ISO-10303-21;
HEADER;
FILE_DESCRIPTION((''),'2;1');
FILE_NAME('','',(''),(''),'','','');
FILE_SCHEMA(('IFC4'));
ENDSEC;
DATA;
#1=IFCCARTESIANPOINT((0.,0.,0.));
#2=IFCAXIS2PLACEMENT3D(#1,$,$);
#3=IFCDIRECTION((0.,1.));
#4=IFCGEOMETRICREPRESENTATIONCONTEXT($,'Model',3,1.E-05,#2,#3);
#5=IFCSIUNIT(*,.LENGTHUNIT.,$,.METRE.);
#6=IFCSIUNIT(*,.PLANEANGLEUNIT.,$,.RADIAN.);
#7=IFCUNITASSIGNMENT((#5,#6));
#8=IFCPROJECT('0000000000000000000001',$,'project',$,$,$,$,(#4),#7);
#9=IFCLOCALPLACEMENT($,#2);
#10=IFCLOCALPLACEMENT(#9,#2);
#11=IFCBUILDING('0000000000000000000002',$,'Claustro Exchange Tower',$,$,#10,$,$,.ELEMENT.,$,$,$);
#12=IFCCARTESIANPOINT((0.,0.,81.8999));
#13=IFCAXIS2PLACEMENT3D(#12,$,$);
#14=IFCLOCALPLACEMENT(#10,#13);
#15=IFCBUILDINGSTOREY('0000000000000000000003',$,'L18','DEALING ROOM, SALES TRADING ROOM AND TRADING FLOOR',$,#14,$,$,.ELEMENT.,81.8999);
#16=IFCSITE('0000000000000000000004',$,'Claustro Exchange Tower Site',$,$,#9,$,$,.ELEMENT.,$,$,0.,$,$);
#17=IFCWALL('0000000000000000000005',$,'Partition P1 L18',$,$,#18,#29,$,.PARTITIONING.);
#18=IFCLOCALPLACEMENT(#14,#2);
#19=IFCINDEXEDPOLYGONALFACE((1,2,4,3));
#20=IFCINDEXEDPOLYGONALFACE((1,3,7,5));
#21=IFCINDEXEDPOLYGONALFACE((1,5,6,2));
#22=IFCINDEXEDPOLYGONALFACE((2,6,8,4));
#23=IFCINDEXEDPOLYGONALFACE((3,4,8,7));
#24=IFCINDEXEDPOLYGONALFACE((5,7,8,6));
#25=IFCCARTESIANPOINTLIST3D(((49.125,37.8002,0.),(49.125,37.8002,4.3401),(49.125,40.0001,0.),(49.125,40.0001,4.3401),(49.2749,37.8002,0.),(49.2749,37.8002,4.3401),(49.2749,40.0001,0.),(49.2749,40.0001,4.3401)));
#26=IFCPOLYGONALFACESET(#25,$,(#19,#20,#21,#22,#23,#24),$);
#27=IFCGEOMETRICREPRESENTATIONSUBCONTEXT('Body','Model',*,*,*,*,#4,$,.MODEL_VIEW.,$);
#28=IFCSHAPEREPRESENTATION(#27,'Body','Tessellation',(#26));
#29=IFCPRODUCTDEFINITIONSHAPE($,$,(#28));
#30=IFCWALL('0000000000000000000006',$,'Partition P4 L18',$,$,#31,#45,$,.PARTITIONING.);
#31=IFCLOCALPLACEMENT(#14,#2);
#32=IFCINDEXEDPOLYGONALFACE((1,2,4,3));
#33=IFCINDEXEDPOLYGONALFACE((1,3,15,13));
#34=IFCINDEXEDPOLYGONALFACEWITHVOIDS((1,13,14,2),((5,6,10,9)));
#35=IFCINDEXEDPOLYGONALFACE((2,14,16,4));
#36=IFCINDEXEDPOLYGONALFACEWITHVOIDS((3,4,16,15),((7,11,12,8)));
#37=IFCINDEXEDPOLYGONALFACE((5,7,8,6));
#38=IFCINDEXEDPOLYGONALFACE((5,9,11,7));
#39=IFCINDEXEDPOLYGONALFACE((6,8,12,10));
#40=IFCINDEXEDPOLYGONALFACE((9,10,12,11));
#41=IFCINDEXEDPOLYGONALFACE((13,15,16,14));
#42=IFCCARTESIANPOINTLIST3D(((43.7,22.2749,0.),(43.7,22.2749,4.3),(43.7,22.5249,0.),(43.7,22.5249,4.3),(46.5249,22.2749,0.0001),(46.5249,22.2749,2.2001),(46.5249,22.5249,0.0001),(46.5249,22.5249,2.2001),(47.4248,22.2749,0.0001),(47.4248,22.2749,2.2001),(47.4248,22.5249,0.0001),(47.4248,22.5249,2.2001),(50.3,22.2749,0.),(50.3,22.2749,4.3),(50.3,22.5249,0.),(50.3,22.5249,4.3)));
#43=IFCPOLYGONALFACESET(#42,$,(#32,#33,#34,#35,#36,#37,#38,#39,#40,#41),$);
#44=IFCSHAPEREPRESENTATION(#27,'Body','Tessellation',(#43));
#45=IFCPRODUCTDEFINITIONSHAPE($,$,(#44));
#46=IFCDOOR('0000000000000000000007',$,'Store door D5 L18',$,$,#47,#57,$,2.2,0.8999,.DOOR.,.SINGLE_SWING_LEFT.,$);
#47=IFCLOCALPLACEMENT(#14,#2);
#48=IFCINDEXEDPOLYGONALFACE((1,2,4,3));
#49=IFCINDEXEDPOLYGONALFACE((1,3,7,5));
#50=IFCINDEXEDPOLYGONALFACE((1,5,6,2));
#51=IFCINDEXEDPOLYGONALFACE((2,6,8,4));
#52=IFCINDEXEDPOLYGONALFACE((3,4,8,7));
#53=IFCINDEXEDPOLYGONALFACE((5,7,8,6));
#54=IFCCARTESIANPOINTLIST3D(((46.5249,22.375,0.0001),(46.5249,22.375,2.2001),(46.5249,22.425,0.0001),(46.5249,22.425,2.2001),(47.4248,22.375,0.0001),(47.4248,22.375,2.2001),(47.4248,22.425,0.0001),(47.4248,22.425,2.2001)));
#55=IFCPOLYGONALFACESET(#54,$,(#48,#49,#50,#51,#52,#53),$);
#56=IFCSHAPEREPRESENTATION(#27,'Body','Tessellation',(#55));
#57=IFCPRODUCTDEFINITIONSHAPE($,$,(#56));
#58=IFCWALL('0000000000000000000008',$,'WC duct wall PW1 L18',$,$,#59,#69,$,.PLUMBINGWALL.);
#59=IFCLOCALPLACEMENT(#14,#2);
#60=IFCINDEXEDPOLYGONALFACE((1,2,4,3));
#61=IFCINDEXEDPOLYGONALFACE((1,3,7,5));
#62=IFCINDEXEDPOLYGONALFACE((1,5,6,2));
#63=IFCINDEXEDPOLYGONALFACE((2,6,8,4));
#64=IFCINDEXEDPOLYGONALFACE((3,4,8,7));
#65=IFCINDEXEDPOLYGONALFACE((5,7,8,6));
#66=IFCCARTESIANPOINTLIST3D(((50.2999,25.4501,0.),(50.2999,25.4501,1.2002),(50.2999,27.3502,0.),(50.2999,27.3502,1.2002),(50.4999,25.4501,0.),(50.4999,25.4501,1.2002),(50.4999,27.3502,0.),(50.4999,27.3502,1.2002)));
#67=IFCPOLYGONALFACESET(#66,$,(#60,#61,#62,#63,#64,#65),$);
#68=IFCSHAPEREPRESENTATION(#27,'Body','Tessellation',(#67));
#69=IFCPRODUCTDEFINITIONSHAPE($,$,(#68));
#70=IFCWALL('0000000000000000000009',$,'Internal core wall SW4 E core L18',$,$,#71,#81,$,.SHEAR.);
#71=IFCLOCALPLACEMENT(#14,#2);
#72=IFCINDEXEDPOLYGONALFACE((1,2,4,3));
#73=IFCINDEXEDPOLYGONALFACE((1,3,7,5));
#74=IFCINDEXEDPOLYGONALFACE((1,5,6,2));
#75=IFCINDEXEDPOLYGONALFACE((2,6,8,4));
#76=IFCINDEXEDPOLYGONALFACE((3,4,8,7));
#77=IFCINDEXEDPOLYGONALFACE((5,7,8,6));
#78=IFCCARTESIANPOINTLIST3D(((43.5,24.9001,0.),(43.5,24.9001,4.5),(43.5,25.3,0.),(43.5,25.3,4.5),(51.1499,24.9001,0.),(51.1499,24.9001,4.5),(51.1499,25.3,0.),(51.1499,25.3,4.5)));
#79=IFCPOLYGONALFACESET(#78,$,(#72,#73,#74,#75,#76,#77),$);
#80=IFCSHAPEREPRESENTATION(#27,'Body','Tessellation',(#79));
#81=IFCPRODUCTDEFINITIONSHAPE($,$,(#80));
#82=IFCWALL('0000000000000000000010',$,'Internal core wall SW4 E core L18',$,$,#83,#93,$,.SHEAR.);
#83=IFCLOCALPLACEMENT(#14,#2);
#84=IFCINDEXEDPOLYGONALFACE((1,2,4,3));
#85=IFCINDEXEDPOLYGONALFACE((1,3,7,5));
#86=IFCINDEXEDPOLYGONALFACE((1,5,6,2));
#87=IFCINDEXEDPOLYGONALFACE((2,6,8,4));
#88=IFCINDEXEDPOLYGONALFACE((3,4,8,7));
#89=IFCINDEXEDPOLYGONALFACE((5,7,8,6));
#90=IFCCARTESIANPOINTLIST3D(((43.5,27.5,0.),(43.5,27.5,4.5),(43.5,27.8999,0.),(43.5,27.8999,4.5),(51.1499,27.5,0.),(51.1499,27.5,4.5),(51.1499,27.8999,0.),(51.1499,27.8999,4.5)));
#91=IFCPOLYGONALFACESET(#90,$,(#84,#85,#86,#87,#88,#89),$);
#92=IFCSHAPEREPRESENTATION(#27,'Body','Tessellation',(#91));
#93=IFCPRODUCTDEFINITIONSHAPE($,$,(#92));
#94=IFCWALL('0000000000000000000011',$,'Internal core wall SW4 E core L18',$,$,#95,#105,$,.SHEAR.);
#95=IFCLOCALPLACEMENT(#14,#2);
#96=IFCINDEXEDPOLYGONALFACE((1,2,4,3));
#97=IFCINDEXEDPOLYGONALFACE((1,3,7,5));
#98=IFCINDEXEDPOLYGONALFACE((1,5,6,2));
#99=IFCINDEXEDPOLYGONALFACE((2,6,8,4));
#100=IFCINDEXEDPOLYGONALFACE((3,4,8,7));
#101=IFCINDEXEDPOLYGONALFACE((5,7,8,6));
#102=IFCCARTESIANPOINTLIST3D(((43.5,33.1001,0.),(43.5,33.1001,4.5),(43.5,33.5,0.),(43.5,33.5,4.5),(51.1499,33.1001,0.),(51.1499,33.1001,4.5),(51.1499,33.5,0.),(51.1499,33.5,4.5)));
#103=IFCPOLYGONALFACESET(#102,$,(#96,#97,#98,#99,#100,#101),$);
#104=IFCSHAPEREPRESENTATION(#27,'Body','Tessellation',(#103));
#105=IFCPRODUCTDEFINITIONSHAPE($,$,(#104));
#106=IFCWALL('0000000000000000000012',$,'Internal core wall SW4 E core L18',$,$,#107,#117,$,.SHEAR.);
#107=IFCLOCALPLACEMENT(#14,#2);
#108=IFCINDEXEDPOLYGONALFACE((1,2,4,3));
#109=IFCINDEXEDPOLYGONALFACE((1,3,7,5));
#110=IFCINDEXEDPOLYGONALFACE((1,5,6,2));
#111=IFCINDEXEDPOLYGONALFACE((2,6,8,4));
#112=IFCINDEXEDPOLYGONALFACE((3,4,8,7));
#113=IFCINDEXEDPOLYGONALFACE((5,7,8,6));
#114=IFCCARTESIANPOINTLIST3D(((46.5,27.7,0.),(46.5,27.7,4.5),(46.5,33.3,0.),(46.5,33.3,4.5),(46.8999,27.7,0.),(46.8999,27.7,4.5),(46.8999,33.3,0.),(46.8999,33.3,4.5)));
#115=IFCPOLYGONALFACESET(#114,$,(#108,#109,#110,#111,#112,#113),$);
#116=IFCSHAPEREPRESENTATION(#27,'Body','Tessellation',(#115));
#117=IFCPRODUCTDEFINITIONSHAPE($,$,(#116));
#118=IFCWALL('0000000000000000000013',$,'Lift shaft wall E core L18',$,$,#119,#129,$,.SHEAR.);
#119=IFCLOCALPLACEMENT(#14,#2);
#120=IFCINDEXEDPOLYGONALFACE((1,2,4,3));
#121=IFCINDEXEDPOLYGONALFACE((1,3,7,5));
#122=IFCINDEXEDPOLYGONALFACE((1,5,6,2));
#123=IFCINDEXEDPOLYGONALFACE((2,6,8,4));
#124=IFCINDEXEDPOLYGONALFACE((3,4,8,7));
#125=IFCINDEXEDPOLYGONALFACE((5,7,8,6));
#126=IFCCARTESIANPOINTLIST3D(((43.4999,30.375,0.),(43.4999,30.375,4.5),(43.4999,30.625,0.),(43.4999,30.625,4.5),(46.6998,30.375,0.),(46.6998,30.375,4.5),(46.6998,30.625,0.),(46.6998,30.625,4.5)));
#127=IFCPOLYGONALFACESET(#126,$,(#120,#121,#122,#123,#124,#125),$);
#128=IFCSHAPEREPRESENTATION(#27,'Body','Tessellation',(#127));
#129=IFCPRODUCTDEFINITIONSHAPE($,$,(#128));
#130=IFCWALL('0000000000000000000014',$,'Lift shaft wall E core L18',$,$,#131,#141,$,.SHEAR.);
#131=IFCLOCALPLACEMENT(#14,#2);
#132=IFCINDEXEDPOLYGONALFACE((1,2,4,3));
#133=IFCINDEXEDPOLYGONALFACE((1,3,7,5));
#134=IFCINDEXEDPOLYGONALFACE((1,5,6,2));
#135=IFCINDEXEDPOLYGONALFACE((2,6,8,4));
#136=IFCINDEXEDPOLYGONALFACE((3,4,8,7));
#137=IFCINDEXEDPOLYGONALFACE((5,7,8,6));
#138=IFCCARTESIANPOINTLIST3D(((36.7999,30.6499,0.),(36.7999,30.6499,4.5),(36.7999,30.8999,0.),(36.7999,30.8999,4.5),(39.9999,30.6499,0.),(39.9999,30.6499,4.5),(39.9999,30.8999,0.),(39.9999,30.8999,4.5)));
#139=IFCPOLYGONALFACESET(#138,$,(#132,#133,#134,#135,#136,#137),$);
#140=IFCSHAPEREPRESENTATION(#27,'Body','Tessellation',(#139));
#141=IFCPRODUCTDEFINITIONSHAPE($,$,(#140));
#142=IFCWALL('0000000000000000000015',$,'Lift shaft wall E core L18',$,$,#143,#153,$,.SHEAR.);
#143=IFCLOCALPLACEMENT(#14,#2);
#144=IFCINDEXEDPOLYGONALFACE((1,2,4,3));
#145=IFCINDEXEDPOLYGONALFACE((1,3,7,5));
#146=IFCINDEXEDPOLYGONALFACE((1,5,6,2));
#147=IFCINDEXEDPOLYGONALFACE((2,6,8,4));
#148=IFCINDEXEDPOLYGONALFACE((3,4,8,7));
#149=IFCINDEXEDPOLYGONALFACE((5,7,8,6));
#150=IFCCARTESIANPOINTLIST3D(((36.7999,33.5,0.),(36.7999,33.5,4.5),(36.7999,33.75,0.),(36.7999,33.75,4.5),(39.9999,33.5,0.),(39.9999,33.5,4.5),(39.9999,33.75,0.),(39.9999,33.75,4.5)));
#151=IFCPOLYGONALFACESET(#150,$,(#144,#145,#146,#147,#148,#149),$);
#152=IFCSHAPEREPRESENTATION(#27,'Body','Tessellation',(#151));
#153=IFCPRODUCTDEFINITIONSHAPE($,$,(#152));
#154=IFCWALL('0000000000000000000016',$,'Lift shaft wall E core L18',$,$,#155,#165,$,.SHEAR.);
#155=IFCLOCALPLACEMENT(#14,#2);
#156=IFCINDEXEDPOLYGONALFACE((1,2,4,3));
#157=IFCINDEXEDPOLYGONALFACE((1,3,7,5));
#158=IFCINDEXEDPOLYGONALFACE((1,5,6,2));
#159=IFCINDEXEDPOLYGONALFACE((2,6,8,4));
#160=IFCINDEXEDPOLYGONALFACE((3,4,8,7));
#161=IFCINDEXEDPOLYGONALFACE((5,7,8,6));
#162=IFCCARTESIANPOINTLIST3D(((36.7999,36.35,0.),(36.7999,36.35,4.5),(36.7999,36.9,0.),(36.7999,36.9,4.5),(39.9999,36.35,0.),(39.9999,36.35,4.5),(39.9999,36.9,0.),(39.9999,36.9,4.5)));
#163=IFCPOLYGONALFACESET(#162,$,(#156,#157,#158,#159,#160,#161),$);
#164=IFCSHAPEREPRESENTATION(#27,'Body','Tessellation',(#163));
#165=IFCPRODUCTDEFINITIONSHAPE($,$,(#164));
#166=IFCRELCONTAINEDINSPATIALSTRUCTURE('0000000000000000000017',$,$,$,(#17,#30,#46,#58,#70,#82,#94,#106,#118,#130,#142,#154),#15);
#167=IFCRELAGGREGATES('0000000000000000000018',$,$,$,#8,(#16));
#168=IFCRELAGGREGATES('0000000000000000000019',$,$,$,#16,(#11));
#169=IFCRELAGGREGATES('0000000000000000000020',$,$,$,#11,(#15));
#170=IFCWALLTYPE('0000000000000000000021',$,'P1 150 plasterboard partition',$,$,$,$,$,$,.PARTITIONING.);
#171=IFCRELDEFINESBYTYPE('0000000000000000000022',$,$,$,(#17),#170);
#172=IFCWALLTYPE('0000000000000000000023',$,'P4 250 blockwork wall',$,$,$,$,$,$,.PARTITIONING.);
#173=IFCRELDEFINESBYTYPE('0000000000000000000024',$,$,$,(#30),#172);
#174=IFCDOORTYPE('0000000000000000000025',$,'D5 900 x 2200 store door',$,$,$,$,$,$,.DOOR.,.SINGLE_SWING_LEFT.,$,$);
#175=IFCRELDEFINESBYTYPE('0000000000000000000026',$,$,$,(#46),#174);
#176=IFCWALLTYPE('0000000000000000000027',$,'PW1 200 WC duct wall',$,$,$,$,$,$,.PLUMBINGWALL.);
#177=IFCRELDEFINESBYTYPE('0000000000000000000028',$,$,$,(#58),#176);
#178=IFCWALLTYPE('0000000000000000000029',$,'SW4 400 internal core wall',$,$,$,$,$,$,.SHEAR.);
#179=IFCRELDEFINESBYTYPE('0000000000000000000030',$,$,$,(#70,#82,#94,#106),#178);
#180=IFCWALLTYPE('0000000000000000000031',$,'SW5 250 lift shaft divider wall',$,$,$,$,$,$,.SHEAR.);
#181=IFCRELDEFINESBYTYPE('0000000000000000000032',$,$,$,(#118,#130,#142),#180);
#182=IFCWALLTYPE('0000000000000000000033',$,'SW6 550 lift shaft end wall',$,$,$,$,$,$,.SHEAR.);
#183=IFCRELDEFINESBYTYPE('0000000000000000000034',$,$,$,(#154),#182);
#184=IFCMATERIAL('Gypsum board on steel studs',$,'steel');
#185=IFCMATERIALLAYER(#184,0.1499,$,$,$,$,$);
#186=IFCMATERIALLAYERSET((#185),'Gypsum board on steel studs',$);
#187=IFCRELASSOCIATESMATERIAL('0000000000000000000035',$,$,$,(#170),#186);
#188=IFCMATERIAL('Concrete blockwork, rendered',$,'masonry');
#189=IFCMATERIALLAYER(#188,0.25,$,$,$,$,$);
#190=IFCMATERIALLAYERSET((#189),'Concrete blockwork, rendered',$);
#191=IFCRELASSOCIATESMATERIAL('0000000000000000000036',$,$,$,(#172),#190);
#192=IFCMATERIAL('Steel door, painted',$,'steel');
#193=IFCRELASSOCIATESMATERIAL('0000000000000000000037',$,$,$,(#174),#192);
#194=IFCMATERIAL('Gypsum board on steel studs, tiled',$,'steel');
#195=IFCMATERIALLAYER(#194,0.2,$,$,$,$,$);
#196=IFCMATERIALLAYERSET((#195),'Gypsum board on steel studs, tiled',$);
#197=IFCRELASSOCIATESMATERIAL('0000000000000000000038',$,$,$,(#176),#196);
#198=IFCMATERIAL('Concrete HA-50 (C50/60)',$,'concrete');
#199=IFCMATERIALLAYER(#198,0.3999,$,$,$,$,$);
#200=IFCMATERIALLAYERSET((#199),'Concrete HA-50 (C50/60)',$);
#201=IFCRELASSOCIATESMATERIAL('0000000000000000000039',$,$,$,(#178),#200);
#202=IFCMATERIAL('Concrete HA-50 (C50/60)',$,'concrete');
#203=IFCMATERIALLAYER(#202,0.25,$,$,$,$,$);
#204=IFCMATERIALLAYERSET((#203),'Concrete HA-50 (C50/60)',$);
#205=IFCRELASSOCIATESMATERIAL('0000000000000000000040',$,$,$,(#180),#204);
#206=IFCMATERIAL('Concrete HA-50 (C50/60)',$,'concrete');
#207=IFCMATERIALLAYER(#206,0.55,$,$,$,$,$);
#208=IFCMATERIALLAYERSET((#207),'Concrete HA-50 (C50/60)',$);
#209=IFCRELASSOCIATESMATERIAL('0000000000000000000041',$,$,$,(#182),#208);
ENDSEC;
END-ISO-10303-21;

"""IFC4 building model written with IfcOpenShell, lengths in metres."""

from ifc_helpers import new_model, si_unit, direction, frame, frame_2d, origin, place, context, subcontext, project, spatial, rectangle, extrude, material, layer, layer_set, type_object, element, fill, save


model = new_model("IFC4")

# Units and contexts
model_context = context("Model", 3, precision=1e-05, world=origin(), true_north=direction((0.0, 1.0)))
body_context = subcontext(model_context, "Body", "Model", "MODEL_VIEW")
ifc_project = project(units=[si_unit("LENGTHUNIT", "METRE"), si_unit("PLANEANGLEUNIT", "RADIAN")], contexts=[model_context])

# Site, building, storey
site_placement = place(None, origin())
site = spatial("IfcSite", under=ifc_project, at=site_placement, Name="Claustro Exchange Tower Site", CompositionType="ELEMENT", RefElevation=0.0)
building_placement = place(site_placement, origin())
building = spatial("IfcBuilding", under=site, at=building_placement, Name="Claustro Exchange Tower", CompositionType="ELEMENT")
storey_placement = place(building_placement, frame((0.0, 0.0, 81.8999)))
storey = spatial("IfcBuildingStorey", under=building, at=storey_placement, Name="L18", Description="DEALING ROOM, SALES TRADING ROOM AND TRADING FLOOR", CompositionType="ELEMENT", Elevation=81.8999)

# Wall
ifc_material_1 = material(Name="Gypsum board on steel studs", Category="steel")
ifc_layer_1 = layer(ifc_material_1, 0.1499)
ifc_layer_set_1 = layer_set([ifc_layer_1], Name="Gypsum board on steel studs")
wall_type_1 = type_object("IfcWallType", Name="P1 150 plasterboard partition", PredefinedType="PARTITIONING", material=ifc_layer_set_1)
wall_1_placement = place(storey_placement, frame((49.2, 37.8, 0.0), z_axis=(0.0, 0.0, 1.0), x_axis=(0.0, 1.0, 0.0)))
element("IfcWall", 1, at=wall_1_placement, inside=storey, type_object=wall_type_1, Name="Partition P1 L18", PredefinedType="PARTITIONING", context=body_context, shape_type="SweptSolid", body=[
    extrude(rectangle(XDim=2.2, YDim=0.1499, at=frame_2d((1.1001, 0.0))), origin(), (0.0, 0.0, 1.0), 4.3401),
])

# Wall, opening, door
ifc_material_2 = material(Name="Concrete blockwork, rendered", Category="masonry")
ifc_layer_2 = layer(ifc_material_2, 0.25)
ifc_layer_set_2 = layer_set([ifc_layer_2], Name="Concrete blockwork, rendered")
wall_type_2 = type_object("IfcWallType", Name="P4 250 blockwork wall", PredefinedType="PARTITIONING", material=ifc_layer_set_2)
wall_2_placement = place(storey_placement, frame((43.7, 22.3999, 0.0), z_axis=(0.0, 0.0, 1.0), x_axis=(1.0, 0.0, 0.0)))
wall_2 = element("IfcWall", 2, at=wall_2_placement, inside=storey, type_object=wall_type_2, Name="Partition P4 L18", PredefinedType="PARTITIONING", context=body_context, shape_type="SweptSolid", body=[
    extrude(rectangle(XDim=6.6001, YDim=0.25, at=frame_2d((3.3, 0.0))), origin(), (0.0, 0.0, 1.0), 4.3),
])
opening_placement = place(wall_2_placement, frame((2.825, 0.0, 0.0)))
opening = element("IfcOpeningElement", 3, at=opening_placement, cuts=wall_2, PredefinedType="OPENING", context=body_context, shape_type="SweptSolid", body=[
    extrude(rectangle(XDim=0.8999, YDim=2.2, at=frame_2d((0.45, 1.1001))), frame((0.0, 0.135, 0.0), z_axis=(0.0, -1.0, 0.0), x_axis=(1.0, 0.0, 0.0)), (0.0, 0.0, 1.0), 0.27),
])
ifc_material_3 = material(Name="Steel door, painted", Category="steel")
door_type = type_object("IfcDoorType", Name="D5 900 x 2200 store door", OperationType="SINGLE_SWING_LEFT", PredefinedType="DOOR", material=ifc_material_3)
door_placement = place(opening_placement, frame((0.8999, 0.0, 0.0), z_axis=(0.0, 0.0, 1.0), x_axis=(-1.0, 0.0, 0.0)))
door = element("IfcDoor", 4, at=door_placement, inside=storey, type_object=door_type, Name="Store door D5 L18", OperationType="SINGLE_SWING_LEFT", OverallHeight=2.2, OverallWidth=0.8999, PredefinedType="DOOR", context=body_context, shape_type="SweptSolid", body=[
    extrude(rectangle(XDim=0.8999, YDim=2.2, at=frame_2d((0.45, 1.1001))), frame((0.0, 0.0249, 0.0), z_axis=(0.0, -1.0, 0.0), x_axis=(1.0, 0.0, 0.0)), (0.0, 0.0, 1.0), 0.05),
])
fill(opening, door)

# Walls
ifc_material_4 = material(Name="Gypsum board on steel studs, tiled", Category="steel")
ifc_layer_3 = layer(ifc_material_4, 0.2)
ifc_layer_set_3 = layer_set([ifc_layer_3], Name="Gypsum board on steel studs, tiled")
wall_type_3 = type_object("IfcWallType", Name="PW1 200 WC duct wall", PredefinedType="PLUMBINGWALL", material=ifc_layer_set_3)
wall_3_placement = place(storey_placement, frame((50.3999, 25.45, 0.0), z_axis=(0.0, 0.0, 1.0), x_axis=(0.0, 1.0, 0.0)))
element("IfcWall", 5, at=wall_3_placement, inside=storey, type_object=wall_type_3, Name="WC duct wall PW1 L18", PredefinedType="PLUMBINGWALL", context=body_context, shape_type="SweptSolid", body=[
    extrude(rectangle(XDim=1.9001, YDim=0.2, at=frame_2d((0.9502, 0.0))), origin(), (0.0, 0.0, 1.0), 1.2002),
])
ifc_material_5 = material(Name="Concrete HA-50 (C50/60)", Category="concrete")
ifc_layer_4 = layer(ifc_material_5, 0.3999)
ifc_layer_set_4 = layer_set([ifc_layer_4], Name="Concrete HA-50 (C50/60)")
wall_type_4 = type_object("IfcWallType", Name="SW4 400 internal core wall", PredefinedType="SHEAR", material=ifc_layer_set_4)
for number, where, z_axis, x_axis, name in (
    (6, (51.1499, 25.1001, 0.0), (0.0, 0.0, 1.0), (-1.0, 0.0, 0.0), "Internal core wall SW4 E core L18"),
    (7, (51.1499, 27.7, 0.0), (0.0, 0.0, 1.0), (-1.0, 0.0, 0.0), "Internal core wall SW4 E core L18"),
    (8, (51.1499, 33.3, 0.0), (0.0, 0.0, 1.0), (-1.0, 0.0, 0.0), "Internal core wall SW4 E core L18"),
):
    element("IfcWall", number, at=place(storey_placement, frame(where, z_axis=z_axis, x_axis=x_axis)), inside=storey, type_object=wall_type_4, Name=name, PredefinedType="SHEAR", context=body_context, shape_type="SweptSolid", body=[
        extrude(rectangle(XDim=7.6499, YDim=0.3999, at=frame_2d((3.825, 0.0))), origin(), (0.0, 0.0, 1.0), 4.5),
    ])
wall_4_placement = place(storey_placement, frame((46.7, 27.7, 0.0), z_axis=(0.0, 0.0, 1.0), x_axis=(0.0, 1.0, 0.0)))
element("IfcWall", 9, at=wall_4_placement, inside=storey, type_object=wall_type_4, Name="Internal core wall SW4 E core L18", PredefinedType="SHEAR", context=body_context, shape_type="SweptSolid", body=[
    extrude(rectangle(XDim=5.6001, YDim=0.3999, at=frame_2d((2.8, 0.0))), origin(), (0.0, 0.0, 1.0), 4.5),
])
ifc_material_6 = material(Name="Concrete HA-50 (C50/60)", Category="concrete")
ifc_layer_5 = layer(ifc_material_6, 0.25)
ifc_layer_set_5 = layer_set([ifc_layer_5], Name="Concrete HA-50 (C50/60)")
wall_type_5 = type_object("IfcWallType", Name="SW5 250 lift shaft divider wall", PredefinedType="SHEAR", material=ifc_layer_set_5)
for number, where, z_axis, x_axis, name in (
    (10, (46.7, 30.5, 0.0), (0.0, 0.0, 1.0), (-1.0, 0.0, 0.0), "Lift shaft wall E core L18"),
    (11, (40.0, 30.7749, 0.0), (0.0, 0.0, 1.0), (-1.0, 0.0, 0.0), "Lift shaft wall E core L18"),
    (12, (40.0, 33.625, 0.0), (0.0, 0.0, 1.0), (-1.0, 0.0, 0.0), "Lift shaft wall E core L18"),
):
    element("IfcWall", number, at=place(storey_placement, frame(where, z_axis=z_axis, x_axis=x_axis)), inside=storey, type_object=wall_type_5, Name=name, PredefinedType="SHEAR", context=body_context, shape_type="SweptSolid", body=[
        extrude(rectangle(XDim=3.2, YDim=0.25, at=frame_2d((1.6001, 0.0))), origin(), (0.0, 0.0, 1.0), 4.5),
    ])
ifc_material_7 = material(Name="Concrete HA-50 (C50/60)", Category="concrete")
ifc_layer_6 = layer(ifc_material_7, 0.55)
ifc_layer_set_6 = layer_set([ifc_layer_6], Name="Concrete HA-50 (C50/60)")
wall_type_6 = type_object("IfcWallType", Name="SW6 550 lift shaft end wall", PredefinedType="SHEAR", material=ifc_layer_set_6)
wall_5_placement = place(storey_placement, frame((40.0, 36.625, 0.0), z_axis=(0.0, 0.0, 1.0), x_axis=(-1.0, 0.0, 0.0)))
element("IfcWall", 13, at=wall_5_placement, inside=storey, type_object=wall_type_6, Name="Lift shaft wall E core L18", PredefinedType="SHEAR", context=body_context, shape_type="SweptSolid", body=[
    extrude(rectangle(XDim=3.2, YDim=0.55, at=frame_2d((1.6001, 0.0))), origin(), (0.0, 0.0, 1.0), 4.5),
])

save(model, "model.ifc")
